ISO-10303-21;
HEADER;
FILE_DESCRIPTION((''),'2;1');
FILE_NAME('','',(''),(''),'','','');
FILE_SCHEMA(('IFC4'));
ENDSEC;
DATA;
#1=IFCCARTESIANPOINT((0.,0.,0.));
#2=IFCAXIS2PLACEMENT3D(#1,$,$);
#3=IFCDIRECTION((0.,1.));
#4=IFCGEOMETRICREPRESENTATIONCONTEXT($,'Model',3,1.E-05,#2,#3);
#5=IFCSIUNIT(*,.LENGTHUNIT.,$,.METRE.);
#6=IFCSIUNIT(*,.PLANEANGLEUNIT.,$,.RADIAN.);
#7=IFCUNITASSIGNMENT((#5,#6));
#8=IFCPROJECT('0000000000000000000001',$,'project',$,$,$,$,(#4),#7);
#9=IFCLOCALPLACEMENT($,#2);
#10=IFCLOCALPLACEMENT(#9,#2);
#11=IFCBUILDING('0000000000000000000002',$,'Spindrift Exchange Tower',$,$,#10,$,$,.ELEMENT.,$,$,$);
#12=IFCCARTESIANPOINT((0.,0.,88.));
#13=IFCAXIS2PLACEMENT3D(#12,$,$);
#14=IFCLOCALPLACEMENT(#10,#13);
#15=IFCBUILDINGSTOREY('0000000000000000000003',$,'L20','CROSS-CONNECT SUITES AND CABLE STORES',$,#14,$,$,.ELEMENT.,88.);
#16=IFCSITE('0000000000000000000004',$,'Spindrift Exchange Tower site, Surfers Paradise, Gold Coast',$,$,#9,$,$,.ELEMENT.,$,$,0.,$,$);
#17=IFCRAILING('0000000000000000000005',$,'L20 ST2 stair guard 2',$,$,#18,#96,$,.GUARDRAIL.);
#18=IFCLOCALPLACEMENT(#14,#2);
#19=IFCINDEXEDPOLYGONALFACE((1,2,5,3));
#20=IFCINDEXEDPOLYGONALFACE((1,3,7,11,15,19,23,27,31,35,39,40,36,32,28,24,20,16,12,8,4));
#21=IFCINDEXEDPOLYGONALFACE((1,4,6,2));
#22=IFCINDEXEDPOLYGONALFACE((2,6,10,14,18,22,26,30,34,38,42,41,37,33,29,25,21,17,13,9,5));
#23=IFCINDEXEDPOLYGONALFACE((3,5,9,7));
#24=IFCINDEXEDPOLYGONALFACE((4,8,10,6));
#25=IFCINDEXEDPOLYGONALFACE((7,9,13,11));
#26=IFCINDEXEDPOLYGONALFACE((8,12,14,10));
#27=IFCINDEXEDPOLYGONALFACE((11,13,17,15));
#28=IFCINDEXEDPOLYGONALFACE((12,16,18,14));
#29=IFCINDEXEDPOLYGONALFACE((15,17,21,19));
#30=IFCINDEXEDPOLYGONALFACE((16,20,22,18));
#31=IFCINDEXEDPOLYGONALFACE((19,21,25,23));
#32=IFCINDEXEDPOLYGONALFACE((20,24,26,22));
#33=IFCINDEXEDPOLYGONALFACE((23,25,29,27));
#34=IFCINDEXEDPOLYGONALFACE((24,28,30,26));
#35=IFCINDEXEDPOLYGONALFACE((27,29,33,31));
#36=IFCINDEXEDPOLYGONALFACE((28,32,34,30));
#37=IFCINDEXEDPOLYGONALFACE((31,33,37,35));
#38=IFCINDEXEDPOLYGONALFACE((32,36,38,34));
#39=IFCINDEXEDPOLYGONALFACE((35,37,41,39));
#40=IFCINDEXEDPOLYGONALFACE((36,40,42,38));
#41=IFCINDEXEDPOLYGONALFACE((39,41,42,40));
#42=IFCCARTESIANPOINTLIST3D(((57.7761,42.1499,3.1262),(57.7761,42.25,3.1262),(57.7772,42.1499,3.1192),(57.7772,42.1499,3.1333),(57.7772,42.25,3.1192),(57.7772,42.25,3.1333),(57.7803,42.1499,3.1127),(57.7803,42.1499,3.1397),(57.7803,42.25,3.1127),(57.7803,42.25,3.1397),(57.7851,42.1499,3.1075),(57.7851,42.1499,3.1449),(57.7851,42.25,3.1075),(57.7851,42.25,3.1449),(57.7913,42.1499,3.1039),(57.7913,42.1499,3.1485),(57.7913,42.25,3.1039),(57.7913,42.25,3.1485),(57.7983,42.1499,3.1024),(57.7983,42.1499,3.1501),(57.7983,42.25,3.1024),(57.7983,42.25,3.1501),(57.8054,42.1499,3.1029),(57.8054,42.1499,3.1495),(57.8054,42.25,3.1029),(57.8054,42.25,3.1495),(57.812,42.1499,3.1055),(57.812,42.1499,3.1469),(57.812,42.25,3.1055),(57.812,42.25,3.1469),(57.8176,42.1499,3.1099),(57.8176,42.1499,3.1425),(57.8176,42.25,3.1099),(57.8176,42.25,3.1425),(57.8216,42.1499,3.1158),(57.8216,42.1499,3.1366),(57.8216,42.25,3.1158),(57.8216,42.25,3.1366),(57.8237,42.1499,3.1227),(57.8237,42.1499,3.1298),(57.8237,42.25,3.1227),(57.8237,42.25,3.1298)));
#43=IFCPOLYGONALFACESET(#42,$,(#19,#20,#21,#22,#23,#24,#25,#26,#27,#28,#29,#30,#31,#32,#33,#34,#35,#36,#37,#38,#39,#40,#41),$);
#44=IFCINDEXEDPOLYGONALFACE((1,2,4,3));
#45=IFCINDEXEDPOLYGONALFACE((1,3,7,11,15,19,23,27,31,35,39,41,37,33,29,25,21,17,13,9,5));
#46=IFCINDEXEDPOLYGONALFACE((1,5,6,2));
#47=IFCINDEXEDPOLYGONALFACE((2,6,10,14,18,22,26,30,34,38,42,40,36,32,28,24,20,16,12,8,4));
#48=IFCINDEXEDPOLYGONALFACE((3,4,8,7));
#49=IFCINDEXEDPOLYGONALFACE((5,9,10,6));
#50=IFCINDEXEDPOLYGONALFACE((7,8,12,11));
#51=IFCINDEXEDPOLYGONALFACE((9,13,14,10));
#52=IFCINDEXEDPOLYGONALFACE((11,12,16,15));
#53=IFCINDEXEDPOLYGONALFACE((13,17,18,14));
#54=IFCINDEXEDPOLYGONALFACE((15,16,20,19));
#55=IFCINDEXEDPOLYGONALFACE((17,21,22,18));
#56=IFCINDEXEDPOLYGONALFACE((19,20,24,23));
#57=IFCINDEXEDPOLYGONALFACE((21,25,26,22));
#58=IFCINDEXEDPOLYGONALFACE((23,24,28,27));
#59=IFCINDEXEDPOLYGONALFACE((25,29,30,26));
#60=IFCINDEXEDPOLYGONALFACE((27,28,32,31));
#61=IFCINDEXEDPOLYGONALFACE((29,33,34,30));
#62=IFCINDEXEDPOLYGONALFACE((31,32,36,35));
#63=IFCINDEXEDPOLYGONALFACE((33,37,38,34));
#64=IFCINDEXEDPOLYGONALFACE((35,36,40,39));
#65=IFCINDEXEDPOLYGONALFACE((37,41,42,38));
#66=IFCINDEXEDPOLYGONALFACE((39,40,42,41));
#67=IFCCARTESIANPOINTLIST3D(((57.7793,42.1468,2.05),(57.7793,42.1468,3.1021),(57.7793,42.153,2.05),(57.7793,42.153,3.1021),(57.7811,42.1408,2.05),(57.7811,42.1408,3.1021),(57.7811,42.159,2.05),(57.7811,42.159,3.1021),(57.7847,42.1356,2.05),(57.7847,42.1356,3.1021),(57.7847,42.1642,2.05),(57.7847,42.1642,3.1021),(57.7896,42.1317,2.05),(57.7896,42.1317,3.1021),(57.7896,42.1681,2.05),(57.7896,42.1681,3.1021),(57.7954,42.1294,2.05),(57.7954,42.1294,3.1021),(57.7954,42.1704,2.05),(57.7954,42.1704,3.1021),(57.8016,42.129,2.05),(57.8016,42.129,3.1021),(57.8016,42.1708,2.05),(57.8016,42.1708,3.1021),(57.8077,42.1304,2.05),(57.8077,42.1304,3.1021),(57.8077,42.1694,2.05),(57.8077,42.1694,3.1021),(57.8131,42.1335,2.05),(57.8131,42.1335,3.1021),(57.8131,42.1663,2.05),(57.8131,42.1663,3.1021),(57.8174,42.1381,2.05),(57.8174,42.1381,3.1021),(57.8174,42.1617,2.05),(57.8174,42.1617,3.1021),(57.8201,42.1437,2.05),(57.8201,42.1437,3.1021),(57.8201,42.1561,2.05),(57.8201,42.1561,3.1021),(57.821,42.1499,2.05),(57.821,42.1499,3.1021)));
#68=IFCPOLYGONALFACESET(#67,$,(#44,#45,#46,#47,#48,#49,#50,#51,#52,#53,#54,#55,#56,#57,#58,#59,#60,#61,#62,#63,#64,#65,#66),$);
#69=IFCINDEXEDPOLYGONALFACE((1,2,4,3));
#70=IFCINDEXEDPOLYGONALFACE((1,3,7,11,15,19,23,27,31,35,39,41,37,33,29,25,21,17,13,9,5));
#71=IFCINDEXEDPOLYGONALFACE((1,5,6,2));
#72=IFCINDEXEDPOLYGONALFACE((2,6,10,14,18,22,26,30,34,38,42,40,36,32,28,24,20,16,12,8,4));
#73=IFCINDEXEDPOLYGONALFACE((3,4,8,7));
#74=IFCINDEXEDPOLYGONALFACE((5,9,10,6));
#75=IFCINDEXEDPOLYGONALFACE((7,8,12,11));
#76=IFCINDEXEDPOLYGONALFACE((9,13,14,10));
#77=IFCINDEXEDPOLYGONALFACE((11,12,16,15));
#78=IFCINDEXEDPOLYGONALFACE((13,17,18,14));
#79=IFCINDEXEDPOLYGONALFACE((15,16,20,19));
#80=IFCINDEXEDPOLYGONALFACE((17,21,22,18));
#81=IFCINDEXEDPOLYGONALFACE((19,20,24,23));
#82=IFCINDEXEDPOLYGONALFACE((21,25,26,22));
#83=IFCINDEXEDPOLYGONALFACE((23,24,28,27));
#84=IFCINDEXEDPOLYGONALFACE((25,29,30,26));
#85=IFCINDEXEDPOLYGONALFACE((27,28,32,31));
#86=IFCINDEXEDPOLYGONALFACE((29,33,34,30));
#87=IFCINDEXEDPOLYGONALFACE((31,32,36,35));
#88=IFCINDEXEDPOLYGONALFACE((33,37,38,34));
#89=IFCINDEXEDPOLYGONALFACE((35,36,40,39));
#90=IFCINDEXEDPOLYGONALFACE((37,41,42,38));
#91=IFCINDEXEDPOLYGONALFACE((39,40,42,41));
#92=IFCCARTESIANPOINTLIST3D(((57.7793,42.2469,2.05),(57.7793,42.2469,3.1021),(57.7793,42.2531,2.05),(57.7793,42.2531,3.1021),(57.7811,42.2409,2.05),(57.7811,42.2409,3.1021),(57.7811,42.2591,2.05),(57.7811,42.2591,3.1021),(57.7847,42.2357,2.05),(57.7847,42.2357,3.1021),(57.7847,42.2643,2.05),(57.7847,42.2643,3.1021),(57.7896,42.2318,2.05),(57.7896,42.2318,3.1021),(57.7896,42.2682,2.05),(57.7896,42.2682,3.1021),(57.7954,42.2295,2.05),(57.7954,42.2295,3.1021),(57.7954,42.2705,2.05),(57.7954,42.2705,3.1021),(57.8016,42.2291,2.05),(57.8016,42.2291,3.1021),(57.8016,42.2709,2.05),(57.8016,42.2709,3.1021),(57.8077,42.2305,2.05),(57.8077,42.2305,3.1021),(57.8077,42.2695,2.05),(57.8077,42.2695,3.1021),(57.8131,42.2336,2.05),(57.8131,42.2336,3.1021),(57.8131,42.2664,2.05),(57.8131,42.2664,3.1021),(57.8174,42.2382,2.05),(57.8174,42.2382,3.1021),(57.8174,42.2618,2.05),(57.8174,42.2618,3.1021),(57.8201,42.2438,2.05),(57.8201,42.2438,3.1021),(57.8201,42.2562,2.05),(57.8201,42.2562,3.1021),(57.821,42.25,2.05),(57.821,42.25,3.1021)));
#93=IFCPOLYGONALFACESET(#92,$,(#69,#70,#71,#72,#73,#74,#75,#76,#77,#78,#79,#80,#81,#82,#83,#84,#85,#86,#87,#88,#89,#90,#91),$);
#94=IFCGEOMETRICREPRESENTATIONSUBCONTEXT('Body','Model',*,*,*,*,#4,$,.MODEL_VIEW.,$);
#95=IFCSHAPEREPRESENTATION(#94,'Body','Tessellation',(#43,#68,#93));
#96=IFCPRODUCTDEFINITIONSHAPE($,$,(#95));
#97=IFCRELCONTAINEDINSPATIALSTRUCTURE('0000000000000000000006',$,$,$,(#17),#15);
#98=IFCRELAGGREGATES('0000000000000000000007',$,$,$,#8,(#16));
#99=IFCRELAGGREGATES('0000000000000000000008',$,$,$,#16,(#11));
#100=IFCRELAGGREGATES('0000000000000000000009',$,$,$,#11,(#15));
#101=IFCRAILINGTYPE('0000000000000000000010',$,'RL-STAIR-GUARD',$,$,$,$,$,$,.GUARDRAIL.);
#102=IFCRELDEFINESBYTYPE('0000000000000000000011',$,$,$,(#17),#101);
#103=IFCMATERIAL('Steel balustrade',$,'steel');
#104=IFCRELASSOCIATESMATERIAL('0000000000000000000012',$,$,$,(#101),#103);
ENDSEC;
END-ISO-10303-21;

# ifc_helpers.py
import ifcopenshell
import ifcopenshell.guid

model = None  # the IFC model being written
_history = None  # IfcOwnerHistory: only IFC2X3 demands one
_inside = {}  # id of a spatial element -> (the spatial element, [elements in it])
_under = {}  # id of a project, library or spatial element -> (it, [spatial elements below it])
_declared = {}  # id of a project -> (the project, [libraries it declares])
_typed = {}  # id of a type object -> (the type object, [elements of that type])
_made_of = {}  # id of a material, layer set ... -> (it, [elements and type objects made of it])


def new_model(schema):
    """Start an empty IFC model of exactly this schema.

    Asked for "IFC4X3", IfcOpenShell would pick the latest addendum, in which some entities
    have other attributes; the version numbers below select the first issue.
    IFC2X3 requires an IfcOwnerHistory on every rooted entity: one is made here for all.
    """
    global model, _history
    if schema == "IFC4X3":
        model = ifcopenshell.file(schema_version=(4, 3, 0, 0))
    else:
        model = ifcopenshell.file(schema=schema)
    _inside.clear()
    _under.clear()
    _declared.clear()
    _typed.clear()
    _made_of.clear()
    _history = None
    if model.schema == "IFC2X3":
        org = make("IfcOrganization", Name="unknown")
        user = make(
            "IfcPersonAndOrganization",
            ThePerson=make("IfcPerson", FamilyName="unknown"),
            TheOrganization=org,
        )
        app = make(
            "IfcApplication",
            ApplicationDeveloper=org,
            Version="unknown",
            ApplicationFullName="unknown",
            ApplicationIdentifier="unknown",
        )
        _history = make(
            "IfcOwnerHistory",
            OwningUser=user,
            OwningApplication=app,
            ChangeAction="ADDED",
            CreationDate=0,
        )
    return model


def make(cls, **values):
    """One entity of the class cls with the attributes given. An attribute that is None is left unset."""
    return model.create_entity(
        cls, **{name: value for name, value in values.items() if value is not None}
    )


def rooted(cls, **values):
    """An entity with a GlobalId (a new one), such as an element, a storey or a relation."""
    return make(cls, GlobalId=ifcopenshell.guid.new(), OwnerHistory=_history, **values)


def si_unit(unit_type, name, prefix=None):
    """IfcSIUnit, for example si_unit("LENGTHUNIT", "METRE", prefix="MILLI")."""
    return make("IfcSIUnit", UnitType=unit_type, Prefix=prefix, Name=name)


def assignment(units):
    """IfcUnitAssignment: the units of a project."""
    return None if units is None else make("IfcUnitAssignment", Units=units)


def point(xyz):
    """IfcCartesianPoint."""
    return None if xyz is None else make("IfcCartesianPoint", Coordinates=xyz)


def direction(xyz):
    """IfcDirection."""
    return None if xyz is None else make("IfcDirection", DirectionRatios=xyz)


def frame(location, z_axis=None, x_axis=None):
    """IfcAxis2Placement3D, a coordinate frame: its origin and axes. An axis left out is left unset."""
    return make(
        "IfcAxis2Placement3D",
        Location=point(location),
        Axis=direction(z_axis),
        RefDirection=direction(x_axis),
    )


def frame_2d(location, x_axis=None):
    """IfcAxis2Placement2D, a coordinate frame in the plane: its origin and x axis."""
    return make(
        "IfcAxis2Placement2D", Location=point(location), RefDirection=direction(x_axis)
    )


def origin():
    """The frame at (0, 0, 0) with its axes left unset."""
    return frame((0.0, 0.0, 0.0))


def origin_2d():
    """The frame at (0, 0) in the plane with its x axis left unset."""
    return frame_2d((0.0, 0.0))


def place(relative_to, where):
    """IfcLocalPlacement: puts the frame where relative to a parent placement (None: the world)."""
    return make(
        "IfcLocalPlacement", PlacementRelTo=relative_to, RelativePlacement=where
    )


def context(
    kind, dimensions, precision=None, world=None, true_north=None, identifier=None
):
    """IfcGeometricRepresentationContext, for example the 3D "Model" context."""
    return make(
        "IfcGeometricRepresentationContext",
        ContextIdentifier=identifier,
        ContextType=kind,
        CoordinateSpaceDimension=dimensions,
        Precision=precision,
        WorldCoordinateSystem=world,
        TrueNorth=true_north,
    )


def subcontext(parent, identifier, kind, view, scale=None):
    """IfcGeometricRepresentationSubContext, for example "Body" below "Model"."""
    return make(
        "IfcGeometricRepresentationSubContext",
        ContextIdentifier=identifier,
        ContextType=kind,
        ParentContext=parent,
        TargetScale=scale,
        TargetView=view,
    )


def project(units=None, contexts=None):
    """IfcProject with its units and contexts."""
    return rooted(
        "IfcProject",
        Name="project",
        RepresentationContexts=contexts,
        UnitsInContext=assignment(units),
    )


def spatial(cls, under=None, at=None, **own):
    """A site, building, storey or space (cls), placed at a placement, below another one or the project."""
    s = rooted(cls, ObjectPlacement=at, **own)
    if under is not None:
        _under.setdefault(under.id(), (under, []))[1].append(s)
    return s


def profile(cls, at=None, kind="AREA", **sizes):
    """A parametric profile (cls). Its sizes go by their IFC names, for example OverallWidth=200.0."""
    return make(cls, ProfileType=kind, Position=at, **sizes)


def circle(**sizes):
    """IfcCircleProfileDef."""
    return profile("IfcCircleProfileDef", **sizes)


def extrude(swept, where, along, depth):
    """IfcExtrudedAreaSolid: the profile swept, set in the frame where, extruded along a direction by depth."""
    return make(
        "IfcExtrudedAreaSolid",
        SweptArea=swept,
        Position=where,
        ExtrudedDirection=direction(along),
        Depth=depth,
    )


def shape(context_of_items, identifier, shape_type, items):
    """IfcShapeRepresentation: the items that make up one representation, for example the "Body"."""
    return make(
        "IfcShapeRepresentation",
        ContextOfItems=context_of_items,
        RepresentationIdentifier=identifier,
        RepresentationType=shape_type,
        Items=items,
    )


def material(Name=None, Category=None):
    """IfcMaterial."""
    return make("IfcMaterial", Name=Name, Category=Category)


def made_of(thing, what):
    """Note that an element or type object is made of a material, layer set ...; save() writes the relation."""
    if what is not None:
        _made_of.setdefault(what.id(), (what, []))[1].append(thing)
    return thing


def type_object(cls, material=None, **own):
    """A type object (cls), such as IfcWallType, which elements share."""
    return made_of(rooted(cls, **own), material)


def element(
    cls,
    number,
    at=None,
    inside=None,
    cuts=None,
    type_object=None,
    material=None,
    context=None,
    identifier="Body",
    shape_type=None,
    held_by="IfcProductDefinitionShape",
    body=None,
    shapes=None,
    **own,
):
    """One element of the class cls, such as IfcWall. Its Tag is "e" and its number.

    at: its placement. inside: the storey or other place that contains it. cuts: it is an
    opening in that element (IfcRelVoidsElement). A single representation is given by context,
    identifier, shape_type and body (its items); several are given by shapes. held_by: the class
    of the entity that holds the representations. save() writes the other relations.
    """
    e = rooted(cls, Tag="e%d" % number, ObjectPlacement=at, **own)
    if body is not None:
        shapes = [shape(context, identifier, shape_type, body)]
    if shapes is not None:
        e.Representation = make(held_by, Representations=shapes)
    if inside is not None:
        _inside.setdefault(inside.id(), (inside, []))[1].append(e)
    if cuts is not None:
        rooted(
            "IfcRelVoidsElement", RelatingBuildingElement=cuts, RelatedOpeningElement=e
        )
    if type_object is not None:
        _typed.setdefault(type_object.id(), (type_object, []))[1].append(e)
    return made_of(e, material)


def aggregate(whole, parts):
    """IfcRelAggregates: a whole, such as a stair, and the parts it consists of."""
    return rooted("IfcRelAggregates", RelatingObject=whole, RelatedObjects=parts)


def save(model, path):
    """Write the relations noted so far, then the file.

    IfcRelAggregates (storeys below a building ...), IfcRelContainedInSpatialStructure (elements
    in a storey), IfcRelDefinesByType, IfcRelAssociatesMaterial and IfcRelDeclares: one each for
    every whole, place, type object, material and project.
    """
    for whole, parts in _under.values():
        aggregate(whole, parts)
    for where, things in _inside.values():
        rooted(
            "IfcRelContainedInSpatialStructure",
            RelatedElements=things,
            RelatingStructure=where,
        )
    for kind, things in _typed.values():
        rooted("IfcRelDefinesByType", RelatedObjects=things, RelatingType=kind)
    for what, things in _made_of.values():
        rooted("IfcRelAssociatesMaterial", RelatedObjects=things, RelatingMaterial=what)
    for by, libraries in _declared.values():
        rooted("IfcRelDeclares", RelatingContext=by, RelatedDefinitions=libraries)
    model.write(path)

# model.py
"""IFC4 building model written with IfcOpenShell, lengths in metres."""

from ifc_helpers import new_model, si_unit, direction, frame, origin, origin_2d, place, context, subcontext, project, spatial, circle, extrude, material, type_object, element, save


model = new_model("IFC4")

# Units and contexts
model_context = context("Model", 3, precision=1e-05, world=origin(), true_north=direction((0.0, 1.0)))
body_context = subcontext(model_context, "Body", "Model", "MODEL_VIEW")
ifc_project = project(units=[si_unit("LENGTHUNIT", "METRE"), si_unit("PLANEANGLEUNIT", "RADIAN")], contexts=[model_context])

# Site, building, storey
site_placement = place(None, origin())
site = spatial("IfcSite", under=ifc_project, at=site_placement, Name="Spindrift Exchange Tower site, Surfers Paradise, Gold Coast", CompositionType="ELEMENT", RefElevation=0.0)
building_placement = place(site_placement, origin())
building = spatial("IfcBuilding", under=site, at=building_placement, Name="Spindrift Exchange Tower", CompositionType="ELEMENT")
storey_placement = place(building_placement, frame((0.0, 0.0, 88.0)))
storey = spatial("IfcBuildingStorey", under=building, at=storey_placement, Name="L20", Description="CROSS-CONNECT SUITES AND CABLE STORES", CompositionType="ELEMENT", Elevation=88.0)

# Railing
ifc_material_1 = material(Name="Steel balustrade", Category="steel")
railing_type_1 = type_object("IfcRailingType", Name="RL-STAIR-GUARD", PredefinedType="GUARDRAIL", material=ifc_material_1)
railing_1_placement = place(storey_placement, frame((57.8, 42.1499, 2.05)))
element("IfcRailing", 1, at=railing_1_placement, inside=storey, type_object=railing_type_1, Name="L20 ST2 stair guard 2", PredefinedType="GUARDRAIL", context=body_context, shape_type="SweptSolid", body=[
    extrude(circle(Radius=0.0239, at=origin_2d()), frame((0.0, 0.0, 1.0762), z_axis=(0.0, 1.0, 0.0), x_axis=(-1.0, 0.0, 0.0)), (0.0, 0.0, 1.0), 0.1001),
    extrude(circle(Radius=0.021, at=origin_2d()), origin(), (0.0, 0.0, 1.0), 1.052),
    extrude(circle(Radius=0.021, at=origin_2d()), frame((0.0, 0.1001, 0.0)), (0.0, 0.0, 1.0), 1.052),
])

save(model, "model.ifc")
